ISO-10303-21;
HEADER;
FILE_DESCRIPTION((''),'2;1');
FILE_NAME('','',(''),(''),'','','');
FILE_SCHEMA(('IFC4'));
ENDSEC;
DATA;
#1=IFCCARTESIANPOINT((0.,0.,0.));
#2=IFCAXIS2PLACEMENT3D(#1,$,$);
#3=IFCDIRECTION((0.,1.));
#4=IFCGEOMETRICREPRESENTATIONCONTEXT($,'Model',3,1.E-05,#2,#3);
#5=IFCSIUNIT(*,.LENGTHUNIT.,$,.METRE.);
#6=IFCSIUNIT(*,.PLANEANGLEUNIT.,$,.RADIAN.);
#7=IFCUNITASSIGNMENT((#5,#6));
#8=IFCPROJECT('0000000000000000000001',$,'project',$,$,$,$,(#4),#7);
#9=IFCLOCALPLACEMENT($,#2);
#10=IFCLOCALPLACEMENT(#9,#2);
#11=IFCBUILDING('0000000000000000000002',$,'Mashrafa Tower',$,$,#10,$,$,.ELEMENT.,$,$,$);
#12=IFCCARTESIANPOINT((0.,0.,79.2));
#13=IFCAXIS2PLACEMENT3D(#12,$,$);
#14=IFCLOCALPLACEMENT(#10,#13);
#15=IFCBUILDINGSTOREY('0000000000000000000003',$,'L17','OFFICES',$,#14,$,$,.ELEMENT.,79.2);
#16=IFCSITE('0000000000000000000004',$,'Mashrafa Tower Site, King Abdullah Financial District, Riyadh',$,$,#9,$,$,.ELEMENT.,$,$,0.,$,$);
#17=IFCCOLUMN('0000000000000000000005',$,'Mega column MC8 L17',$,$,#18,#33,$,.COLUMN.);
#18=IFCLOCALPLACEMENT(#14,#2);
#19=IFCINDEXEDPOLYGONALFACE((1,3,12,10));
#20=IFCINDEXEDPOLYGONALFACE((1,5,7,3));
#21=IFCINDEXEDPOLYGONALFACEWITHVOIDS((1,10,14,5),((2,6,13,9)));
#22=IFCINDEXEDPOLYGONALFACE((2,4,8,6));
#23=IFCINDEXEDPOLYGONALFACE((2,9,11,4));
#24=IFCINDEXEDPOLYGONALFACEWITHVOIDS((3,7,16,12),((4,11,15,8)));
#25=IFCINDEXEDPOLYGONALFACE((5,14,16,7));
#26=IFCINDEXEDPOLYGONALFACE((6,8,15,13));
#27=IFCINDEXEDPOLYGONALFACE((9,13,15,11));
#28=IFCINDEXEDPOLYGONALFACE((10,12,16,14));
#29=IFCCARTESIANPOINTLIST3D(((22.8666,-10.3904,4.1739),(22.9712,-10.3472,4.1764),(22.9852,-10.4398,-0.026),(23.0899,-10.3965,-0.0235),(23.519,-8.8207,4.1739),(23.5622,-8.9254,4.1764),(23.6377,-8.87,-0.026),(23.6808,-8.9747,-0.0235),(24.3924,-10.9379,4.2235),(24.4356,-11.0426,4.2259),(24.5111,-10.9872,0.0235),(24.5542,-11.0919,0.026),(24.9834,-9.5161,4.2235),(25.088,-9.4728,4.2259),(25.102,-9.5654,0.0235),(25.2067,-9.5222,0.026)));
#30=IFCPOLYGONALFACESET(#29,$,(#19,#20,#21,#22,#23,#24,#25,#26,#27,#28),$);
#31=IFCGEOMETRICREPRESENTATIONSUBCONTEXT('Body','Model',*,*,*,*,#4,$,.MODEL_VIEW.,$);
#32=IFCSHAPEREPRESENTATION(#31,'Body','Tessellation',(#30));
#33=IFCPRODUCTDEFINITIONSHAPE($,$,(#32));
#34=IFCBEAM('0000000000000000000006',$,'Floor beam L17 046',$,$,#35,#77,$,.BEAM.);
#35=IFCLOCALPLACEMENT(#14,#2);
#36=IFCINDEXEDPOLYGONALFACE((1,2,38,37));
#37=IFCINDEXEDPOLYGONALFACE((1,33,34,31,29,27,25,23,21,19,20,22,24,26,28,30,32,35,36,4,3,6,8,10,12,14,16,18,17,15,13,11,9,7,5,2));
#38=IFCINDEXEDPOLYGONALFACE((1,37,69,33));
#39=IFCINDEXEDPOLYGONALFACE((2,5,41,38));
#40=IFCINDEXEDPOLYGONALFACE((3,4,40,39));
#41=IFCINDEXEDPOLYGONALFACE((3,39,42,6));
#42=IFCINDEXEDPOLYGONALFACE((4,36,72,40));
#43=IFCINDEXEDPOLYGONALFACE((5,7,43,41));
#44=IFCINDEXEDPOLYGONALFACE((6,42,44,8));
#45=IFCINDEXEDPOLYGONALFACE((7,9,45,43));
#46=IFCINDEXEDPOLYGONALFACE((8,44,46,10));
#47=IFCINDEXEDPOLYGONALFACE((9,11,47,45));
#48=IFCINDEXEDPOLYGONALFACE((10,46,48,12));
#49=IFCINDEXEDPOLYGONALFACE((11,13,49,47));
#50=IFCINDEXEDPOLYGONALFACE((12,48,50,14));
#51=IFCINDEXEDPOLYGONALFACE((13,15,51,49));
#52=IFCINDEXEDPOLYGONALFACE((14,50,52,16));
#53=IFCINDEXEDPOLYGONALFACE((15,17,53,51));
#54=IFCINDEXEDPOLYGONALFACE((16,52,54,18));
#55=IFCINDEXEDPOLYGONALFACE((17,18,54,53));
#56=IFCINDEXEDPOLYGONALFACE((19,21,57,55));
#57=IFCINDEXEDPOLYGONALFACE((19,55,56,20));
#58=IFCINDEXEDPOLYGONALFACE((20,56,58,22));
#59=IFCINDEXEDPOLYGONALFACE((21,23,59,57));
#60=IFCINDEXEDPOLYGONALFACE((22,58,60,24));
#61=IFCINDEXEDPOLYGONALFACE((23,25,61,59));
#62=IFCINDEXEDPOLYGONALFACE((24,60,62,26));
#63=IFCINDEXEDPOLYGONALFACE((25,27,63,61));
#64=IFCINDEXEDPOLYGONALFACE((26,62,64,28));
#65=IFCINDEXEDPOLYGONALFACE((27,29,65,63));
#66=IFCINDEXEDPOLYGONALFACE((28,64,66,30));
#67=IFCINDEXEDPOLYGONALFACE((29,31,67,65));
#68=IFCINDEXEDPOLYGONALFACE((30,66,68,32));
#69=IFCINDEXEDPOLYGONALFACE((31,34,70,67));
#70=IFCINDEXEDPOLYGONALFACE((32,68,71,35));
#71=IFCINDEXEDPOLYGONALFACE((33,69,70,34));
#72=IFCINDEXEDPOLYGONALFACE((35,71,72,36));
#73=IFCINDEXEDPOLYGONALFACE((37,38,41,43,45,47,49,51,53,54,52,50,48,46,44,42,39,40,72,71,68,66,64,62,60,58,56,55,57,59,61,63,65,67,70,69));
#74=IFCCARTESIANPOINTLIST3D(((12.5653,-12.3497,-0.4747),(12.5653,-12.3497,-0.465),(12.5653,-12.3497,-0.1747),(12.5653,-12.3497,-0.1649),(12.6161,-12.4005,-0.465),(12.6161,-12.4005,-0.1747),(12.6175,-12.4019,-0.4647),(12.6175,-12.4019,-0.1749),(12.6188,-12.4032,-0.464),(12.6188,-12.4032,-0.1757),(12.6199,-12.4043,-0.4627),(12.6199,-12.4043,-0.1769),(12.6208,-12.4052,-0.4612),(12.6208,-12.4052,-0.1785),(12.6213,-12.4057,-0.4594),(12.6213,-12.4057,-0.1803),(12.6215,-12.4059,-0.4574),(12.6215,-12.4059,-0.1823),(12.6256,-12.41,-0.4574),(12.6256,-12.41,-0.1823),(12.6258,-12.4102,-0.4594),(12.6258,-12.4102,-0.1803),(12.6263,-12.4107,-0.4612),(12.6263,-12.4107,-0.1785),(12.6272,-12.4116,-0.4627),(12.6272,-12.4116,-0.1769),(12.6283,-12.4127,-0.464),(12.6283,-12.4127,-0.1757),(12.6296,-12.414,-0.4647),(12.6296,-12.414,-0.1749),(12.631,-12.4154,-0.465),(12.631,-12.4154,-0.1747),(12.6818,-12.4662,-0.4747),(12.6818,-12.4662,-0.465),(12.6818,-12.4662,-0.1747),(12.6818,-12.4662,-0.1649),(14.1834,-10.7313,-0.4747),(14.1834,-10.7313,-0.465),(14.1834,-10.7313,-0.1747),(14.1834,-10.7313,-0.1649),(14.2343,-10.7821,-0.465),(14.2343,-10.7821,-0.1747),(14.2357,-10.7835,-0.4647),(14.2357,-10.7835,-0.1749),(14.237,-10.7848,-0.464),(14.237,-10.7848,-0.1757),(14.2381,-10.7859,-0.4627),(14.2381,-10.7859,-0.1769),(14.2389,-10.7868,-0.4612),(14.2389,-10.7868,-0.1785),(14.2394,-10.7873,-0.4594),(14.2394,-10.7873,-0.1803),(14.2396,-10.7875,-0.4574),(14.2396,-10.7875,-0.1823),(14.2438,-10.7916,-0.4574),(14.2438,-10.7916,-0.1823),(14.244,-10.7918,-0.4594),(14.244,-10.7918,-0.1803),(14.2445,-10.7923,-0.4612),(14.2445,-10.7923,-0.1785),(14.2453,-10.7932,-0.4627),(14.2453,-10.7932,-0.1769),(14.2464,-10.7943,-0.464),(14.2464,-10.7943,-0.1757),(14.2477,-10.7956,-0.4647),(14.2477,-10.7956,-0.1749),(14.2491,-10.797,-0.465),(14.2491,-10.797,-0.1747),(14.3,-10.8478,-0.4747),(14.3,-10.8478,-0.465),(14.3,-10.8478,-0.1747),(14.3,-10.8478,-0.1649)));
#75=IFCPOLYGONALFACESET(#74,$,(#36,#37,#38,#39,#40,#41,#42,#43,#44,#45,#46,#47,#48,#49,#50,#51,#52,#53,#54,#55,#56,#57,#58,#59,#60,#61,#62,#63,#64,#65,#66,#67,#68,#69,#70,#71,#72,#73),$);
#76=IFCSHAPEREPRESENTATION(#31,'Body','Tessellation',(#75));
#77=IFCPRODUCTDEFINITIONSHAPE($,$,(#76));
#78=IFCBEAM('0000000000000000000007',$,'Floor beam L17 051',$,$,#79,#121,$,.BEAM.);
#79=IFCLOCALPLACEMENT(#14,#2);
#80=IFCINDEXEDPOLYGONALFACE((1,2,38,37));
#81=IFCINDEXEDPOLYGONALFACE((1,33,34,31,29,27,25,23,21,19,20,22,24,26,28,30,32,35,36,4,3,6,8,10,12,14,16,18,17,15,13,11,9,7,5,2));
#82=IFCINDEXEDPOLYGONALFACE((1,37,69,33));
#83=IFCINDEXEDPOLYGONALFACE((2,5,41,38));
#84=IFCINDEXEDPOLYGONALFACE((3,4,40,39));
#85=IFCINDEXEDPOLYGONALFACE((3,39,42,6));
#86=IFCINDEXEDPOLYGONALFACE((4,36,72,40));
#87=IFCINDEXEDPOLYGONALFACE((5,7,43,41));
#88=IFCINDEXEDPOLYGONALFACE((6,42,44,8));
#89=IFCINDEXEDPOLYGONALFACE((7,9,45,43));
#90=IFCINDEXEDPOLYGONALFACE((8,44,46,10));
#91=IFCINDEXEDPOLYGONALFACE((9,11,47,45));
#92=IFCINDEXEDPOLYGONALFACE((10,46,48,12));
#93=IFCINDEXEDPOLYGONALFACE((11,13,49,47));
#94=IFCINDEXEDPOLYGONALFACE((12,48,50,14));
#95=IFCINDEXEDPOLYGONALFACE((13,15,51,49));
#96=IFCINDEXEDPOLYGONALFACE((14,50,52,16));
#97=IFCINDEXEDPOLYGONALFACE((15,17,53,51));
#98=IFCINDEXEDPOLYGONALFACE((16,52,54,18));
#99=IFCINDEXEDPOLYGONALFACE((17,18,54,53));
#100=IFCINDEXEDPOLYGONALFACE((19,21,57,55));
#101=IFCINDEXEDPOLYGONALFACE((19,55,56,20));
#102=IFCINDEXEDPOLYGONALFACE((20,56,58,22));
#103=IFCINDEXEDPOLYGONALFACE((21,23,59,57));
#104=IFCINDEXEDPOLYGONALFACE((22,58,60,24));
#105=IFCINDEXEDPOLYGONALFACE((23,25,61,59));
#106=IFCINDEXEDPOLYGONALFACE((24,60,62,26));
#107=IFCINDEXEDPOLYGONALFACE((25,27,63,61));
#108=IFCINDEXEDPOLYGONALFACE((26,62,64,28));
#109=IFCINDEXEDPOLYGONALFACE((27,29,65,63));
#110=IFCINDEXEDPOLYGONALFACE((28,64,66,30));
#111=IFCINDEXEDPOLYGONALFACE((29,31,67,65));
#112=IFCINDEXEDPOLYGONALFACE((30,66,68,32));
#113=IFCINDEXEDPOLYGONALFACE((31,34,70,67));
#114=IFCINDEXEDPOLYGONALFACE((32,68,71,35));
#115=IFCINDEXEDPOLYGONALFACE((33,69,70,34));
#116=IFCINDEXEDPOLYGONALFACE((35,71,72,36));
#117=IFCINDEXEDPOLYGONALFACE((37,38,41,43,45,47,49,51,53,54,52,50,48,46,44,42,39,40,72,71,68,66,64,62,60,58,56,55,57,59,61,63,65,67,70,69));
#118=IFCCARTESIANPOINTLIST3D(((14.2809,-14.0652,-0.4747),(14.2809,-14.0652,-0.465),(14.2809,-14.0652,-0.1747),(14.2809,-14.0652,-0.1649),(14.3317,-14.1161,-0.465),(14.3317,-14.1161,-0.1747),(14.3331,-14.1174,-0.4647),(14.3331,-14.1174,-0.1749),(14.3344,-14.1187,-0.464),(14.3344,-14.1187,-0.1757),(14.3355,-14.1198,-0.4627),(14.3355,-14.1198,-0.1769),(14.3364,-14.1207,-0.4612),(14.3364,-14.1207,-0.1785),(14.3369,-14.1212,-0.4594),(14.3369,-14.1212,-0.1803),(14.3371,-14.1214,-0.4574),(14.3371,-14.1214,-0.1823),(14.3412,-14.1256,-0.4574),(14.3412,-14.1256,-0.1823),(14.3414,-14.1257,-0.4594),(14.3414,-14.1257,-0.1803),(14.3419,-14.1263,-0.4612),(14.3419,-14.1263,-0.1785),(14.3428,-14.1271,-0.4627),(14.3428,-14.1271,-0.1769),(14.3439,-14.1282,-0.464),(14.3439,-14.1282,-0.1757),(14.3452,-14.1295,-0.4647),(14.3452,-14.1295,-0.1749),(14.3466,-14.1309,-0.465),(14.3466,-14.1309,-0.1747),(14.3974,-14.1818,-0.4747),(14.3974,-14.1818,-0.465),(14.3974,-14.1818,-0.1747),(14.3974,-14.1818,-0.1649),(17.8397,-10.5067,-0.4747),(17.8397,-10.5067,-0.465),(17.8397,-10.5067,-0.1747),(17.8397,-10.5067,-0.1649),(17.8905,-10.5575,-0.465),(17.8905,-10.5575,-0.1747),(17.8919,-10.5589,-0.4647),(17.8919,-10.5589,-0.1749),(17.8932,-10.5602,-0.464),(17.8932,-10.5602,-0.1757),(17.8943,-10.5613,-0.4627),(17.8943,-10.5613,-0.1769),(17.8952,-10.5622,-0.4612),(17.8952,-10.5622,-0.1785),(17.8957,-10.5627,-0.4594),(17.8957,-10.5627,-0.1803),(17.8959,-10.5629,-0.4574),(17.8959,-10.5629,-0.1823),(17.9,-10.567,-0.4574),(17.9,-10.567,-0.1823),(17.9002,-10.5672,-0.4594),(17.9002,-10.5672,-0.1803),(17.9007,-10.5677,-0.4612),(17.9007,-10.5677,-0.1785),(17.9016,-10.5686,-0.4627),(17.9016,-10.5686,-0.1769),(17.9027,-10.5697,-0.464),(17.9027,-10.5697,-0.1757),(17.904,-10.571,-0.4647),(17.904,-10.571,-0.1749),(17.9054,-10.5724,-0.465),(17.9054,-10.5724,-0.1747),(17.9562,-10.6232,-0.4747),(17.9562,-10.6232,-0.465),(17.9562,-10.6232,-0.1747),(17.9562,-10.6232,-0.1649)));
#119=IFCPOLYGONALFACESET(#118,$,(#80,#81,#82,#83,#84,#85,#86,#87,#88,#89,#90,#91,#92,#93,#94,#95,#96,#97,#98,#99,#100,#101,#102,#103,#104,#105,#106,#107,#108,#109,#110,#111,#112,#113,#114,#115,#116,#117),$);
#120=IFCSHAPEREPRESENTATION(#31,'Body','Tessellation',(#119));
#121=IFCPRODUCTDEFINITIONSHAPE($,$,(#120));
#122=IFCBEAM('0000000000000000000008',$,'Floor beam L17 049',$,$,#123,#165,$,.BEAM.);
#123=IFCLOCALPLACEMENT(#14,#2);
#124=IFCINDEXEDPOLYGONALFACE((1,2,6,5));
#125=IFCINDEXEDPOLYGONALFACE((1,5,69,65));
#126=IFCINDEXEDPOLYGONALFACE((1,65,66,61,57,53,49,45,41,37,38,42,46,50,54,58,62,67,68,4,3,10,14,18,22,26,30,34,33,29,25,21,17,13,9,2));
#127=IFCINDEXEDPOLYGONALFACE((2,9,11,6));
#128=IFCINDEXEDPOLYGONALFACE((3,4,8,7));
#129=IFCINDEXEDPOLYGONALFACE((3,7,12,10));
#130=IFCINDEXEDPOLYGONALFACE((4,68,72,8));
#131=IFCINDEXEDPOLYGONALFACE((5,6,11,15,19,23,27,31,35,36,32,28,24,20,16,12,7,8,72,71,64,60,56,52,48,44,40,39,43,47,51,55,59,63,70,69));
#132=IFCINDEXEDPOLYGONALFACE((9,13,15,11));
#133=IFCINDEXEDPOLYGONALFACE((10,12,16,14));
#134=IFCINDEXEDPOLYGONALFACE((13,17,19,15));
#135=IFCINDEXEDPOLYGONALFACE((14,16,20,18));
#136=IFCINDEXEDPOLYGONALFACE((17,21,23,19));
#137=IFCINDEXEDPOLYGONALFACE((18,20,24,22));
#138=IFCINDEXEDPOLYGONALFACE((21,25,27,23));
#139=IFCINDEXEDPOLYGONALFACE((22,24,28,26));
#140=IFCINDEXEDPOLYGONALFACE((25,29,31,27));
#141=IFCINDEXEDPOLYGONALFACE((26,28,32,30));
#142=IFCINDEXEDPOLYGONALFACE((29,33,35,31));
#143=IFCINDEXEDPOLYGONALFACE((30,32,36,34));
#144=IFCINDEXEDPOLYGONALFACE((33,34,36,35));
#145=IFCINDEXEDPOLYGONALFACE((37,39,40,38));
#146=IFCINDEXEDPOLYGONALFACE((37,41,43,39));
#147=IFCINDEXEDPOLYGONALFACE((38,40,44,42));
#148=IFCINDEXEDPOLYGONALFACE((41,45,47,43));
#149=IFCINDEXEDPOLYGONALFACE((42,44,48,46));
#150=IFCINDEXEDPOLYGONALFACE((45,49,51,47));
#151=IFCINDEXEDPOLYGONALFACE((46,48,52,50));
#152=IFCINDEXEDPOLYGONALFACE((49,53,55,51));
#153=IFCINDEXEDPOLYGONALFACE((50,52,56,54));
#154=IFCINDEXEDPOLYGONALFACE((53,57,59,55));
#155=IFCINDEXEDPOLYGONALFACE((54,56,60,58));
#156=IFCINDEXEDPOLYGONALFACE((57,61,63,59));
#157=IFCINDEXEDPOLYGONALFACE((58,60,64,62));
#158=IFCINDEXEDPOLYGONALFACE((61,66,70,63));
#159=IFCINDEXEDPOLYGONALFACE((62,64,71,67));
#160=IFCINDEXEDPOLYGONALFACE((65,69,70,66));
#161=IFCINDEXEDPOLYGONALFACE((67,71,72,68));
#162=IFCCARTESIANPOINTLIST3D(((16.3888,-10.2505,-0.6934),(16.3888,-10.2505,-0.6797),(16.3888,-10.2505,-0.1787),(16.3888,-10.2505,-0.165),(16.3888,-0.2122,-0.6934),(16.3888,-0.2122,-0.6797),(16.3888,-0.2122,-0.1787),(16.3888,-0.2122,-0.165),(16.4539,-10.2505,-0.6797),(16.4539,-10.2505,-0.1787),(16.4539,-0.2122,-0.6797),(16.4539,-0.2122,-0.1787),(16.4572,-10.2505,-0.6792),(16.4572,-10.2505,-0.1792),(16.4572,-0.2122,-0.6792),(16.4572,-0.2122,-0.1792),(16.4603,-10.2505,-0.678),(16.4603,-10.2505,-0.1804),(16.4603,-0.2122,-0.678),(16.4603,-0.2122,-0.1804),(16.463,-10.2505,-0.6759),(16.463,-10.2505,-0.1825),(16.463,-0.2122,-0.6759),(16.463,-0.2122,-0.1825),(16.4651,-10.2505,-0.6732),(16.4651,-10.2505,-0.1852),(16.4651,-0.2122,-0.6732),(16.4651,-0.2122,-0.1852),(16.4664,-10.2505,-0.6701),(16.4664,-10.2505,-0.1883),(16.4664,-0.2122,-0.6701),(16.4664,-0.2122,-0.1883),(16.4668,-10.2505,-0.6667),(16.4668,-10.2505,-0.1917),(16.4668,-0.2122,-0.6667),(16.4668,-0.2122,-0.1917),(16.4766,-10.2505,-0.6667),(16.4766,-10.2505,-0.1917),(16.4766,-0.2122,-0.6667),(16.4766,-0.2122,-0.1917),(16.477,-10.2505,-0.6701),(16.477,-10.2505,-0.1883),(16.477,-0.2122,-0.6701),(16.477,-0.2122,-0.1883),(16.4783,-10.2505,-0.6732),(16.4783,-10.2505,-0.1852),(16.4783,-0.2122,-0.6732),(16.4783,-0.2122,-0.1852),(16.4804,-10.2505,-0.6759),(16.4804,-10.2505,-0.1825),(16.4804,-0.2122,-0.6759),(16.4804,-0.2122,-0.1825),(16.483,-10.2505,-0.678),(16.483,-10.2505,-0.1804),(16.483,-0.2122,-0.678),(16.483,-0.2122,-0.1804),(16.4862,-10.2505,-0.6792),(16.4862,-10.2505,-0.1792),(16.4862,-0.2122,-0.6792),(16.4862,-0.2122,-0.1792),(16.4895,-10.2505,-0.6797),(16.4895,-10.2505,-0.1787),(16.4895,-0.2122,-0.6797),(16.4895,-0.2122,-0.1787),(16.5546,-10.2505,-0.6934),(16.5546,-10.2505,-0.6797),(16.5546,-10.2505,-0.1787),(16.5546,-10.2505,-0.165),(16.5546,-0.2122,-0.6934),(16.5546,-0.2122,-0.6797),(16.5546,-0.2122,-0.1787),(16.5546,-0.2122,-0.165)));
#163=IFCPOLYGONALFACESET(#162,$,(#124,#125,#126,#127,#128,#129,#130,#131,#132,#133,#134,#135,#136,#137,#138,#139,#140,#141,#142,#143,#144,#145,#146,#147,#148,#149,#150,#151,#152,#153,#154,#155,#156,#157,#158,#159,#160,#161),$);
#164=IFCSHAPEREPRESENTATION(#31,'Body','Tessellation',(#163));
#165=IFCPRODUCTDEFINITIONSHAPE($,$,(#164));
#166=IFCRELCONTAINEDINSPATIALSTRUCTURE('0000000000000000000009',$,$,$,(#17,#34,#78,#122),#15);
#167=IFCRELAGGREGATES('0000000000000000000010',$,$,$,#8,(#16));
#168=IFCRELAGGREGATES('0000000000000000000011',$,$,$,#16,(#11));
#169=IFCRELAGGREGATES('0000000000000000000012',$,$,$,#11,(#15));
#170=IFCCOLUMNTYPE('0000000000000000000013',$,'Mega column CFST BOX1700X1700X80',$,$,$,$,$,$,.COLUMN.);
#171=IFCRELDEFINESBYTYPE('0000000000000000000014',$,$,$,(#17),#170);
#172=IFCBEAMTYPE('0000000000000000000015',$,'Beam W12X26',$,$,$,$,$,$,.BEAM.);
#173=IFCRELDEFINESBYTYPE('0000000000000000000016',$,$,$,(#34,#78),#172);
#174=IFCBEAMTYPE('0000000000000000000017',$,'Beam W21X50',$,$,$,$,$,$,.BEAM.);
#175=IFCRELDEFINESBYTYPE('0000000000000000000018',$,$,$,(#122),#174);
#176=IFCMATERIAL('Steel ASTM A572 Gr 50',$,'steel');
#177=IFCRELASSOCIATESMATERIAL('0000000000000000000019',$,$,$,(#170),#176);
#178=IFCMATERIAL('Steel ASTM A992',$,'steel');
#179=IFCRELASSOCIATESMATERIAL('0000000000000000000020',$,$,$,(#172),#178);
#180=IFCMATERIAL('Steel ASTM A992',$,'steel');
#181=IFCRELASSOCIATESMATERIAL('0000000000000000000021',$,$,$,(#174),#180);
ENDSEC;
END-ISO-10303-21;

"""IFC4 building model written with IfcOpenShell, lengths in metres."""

from ifc_helpers import new_model, si_unit, direction, frame, origin, origin_2d, place, context, subcontext, project, spatial, hollow_rectangle, i_section, extrude, material, material_profile, profile_set, type_object, element, save


model = new_model("IFC4")

# Units and contexts
model_context = context("Model", 3, precision=1e-05, world=origin(), true_north=direction((0.0, 1.0)))
body_context = subcontext(model_context, "Body", "Model", "MODEL_VIEW")
ifc_project = project(units=[si_unit("LENGTHUNIT", "METRE"), si_unit("PLANEANGLEUNIT", "RADIAN")], contexts=[model_context])

# Site, building, storey
site_placement = place(None, origin())
site = spatial("IfcSite", under=ifc_project, at=site_placement, Name="Mashrafa Tower Site, King Abdullah Financial District, Riyadh", CompositionType="ELEMENT", RefElevation=0.0)
building_placement = place(site_placement, origin())
building = spatial("IfcBuilding", under=site, at=building_placement, Name="Mashrafa Tower", CompositionType="ELEMENT")
storey_placement = place(building_placement, frame((0.0, 0.0, 79.2)))
storey = spatial("IfcBuildingStorey", under=building, at=storey_placement, Name="L17", Description="OFFICES", CompositionType="ELEMENT", Elevation=79.2)

# Column
ifc_material_1 = material(Name="Steel ASTM A572 Gr 50", Category="steel")
ifc_material_profile_1 = material_profile(ifc_material_1, hollow_rectangle(XDim=1.7, YDim=1.7, WallThickness=0.0801, at=origin_2d()), Name="BOX1700X1700X80")
ifc_profile_set_1 = profile_set([ifc_material_profile_1], Name="Steel ASTM A572 Gr 50")
column_type = type_object("IfcColumnType", Name="Mega column CFST BOX1700X1700X80", PredefinedType="COLUMN", material=ifc_profile_set_1)
column_placement = place(storey_placement, frame((24.0959, -9.981, 0.0), z_axis=(-0.028238, 0.011737, 0.999532), x_axis=(-0.383806, -0.923414, 0.0)))
element("IfcColumn", 1, at=column_placement, inside=storey, type_object=column_type, Name="Mega column MC8 L17", PredefinedType="COLUMN", context=body_context, shape_type="SweptSolid", body=[
    extrude(hollow_rectangle(XDim=1.7, YDim=1.7, WallThickness=0.0801, at=origin_2d()), origin(), (0.0, 0.0, 1.0), 4.2019),
])

# Beams
ifc_material_2 = material(Name="Steel ASTM A992", Category="steel")
ifc_material_profile_2 = material_profile(ifc_material_2, i_section(OverallWidth=0.1648, OverallDepth=0.3098, WebThickness=0.0059, FlangeThickness=0.0098, FilletRadius=0.0076, at=origin_2d()), Name="W12X26")
ifc_profile_set_2 = profile_set([ifc_material_profile_2], Name="Steel ASTM A992")
beam_type_1 = type_object("IfcBeamType", Name="Beam W12X26", PredefinedType="BEAM", material=ifc_profile_set_2)
beam_1_placement = place(storey_placement, frame((14.2417, -10.7896, -0.3198), z_axis=(-0.707053, -0.70716, 0.0), x_axis=(0.70716, -0.707053, 0.0)))
element("IfcBeam", 2, at=beam_1_placement, inside=storey, type_object=beam_type_1, Name="Floor beam L17 046", PredefinedType="BEAM", context=body_context, shape_type="SweptSolid", body=[
    extrude(i_section(OverallWidth=0.1648, OverallDepth=0.3098, WebThickness=0.0059, FlangeThickness=0.0098, FilletRadius=0.0076, at=origin_2d()), origin(), (0.0, 0.0, 1.0), 2.2886),
])
beam_2_placement = place(storey_placement, frame((17.8979, -10.5649, -0.3198), z_axis=(-0.707131, -0.707083, 0.0), x_axis=(0.707083, -0.707131, 0.0)))
element("IfcBeam", 3, at=beam_2_placement, inside=storey, type_object=beam_type_1, Name="Floor beam L17 051", PredefinedType="BEAM", context=body_context, shape_type="SweptSolid", body=[
    extrude(i_section(OverallWidth=0.1648, OverallDepth=0.3098, WebThickness=0.0059, FlangeThickness=0.0098, FilletRadius=0.0076, at=origin_2d()), origin(), (0.0, 0.0, 1.0), 5.0327),
])
ifc_material_3 = material(Name="Steel ASTM A992", Category="steel")
ifc_material_profile_3 = material_profile(ifc_material_3, i_section(OverallWidth=0.1658, OverallDepth=0.5283, WebThickness=0.0098, FlangeThickness=0.0137, FilletRadius=0.0129, at=origin_2d()), Name="W21X50")
ifc_profile_set_3 = profile_set([ifc_material_profile_3], Name="Steel ASTM A992")
beam_type_2 = type_object("IfcBeamType", Name="Beam W21X50", PredefinedType="BEAM", material=ifc_profile_set_3)
beam_3_placement = place(storey_placement, frame((16.4717, -0.2122, -0.4292), z_axis=(0.0, -1.0, 0.0), x_axis=(1.0, 0.0, 0.0)))
element("IfcBeam", 4, at=beam_3_placement, inside=storey, type_object=beam_type_2, Name="Floor beam L17 049", PredefinedType="BEAM", context=body_context, shape_type="SweptSolid", body=[
    extrude(i_section(OverallWidth=0.1658, OverallDepth=0.5283, WebThickness=0.0098, FlangeThickness=0.0137, FilletRadius=0.0129, at=origin_2d()), origin(), (0.0, 0.0, 1.0), 10.0383),
])

save(model, "model.ifc")
